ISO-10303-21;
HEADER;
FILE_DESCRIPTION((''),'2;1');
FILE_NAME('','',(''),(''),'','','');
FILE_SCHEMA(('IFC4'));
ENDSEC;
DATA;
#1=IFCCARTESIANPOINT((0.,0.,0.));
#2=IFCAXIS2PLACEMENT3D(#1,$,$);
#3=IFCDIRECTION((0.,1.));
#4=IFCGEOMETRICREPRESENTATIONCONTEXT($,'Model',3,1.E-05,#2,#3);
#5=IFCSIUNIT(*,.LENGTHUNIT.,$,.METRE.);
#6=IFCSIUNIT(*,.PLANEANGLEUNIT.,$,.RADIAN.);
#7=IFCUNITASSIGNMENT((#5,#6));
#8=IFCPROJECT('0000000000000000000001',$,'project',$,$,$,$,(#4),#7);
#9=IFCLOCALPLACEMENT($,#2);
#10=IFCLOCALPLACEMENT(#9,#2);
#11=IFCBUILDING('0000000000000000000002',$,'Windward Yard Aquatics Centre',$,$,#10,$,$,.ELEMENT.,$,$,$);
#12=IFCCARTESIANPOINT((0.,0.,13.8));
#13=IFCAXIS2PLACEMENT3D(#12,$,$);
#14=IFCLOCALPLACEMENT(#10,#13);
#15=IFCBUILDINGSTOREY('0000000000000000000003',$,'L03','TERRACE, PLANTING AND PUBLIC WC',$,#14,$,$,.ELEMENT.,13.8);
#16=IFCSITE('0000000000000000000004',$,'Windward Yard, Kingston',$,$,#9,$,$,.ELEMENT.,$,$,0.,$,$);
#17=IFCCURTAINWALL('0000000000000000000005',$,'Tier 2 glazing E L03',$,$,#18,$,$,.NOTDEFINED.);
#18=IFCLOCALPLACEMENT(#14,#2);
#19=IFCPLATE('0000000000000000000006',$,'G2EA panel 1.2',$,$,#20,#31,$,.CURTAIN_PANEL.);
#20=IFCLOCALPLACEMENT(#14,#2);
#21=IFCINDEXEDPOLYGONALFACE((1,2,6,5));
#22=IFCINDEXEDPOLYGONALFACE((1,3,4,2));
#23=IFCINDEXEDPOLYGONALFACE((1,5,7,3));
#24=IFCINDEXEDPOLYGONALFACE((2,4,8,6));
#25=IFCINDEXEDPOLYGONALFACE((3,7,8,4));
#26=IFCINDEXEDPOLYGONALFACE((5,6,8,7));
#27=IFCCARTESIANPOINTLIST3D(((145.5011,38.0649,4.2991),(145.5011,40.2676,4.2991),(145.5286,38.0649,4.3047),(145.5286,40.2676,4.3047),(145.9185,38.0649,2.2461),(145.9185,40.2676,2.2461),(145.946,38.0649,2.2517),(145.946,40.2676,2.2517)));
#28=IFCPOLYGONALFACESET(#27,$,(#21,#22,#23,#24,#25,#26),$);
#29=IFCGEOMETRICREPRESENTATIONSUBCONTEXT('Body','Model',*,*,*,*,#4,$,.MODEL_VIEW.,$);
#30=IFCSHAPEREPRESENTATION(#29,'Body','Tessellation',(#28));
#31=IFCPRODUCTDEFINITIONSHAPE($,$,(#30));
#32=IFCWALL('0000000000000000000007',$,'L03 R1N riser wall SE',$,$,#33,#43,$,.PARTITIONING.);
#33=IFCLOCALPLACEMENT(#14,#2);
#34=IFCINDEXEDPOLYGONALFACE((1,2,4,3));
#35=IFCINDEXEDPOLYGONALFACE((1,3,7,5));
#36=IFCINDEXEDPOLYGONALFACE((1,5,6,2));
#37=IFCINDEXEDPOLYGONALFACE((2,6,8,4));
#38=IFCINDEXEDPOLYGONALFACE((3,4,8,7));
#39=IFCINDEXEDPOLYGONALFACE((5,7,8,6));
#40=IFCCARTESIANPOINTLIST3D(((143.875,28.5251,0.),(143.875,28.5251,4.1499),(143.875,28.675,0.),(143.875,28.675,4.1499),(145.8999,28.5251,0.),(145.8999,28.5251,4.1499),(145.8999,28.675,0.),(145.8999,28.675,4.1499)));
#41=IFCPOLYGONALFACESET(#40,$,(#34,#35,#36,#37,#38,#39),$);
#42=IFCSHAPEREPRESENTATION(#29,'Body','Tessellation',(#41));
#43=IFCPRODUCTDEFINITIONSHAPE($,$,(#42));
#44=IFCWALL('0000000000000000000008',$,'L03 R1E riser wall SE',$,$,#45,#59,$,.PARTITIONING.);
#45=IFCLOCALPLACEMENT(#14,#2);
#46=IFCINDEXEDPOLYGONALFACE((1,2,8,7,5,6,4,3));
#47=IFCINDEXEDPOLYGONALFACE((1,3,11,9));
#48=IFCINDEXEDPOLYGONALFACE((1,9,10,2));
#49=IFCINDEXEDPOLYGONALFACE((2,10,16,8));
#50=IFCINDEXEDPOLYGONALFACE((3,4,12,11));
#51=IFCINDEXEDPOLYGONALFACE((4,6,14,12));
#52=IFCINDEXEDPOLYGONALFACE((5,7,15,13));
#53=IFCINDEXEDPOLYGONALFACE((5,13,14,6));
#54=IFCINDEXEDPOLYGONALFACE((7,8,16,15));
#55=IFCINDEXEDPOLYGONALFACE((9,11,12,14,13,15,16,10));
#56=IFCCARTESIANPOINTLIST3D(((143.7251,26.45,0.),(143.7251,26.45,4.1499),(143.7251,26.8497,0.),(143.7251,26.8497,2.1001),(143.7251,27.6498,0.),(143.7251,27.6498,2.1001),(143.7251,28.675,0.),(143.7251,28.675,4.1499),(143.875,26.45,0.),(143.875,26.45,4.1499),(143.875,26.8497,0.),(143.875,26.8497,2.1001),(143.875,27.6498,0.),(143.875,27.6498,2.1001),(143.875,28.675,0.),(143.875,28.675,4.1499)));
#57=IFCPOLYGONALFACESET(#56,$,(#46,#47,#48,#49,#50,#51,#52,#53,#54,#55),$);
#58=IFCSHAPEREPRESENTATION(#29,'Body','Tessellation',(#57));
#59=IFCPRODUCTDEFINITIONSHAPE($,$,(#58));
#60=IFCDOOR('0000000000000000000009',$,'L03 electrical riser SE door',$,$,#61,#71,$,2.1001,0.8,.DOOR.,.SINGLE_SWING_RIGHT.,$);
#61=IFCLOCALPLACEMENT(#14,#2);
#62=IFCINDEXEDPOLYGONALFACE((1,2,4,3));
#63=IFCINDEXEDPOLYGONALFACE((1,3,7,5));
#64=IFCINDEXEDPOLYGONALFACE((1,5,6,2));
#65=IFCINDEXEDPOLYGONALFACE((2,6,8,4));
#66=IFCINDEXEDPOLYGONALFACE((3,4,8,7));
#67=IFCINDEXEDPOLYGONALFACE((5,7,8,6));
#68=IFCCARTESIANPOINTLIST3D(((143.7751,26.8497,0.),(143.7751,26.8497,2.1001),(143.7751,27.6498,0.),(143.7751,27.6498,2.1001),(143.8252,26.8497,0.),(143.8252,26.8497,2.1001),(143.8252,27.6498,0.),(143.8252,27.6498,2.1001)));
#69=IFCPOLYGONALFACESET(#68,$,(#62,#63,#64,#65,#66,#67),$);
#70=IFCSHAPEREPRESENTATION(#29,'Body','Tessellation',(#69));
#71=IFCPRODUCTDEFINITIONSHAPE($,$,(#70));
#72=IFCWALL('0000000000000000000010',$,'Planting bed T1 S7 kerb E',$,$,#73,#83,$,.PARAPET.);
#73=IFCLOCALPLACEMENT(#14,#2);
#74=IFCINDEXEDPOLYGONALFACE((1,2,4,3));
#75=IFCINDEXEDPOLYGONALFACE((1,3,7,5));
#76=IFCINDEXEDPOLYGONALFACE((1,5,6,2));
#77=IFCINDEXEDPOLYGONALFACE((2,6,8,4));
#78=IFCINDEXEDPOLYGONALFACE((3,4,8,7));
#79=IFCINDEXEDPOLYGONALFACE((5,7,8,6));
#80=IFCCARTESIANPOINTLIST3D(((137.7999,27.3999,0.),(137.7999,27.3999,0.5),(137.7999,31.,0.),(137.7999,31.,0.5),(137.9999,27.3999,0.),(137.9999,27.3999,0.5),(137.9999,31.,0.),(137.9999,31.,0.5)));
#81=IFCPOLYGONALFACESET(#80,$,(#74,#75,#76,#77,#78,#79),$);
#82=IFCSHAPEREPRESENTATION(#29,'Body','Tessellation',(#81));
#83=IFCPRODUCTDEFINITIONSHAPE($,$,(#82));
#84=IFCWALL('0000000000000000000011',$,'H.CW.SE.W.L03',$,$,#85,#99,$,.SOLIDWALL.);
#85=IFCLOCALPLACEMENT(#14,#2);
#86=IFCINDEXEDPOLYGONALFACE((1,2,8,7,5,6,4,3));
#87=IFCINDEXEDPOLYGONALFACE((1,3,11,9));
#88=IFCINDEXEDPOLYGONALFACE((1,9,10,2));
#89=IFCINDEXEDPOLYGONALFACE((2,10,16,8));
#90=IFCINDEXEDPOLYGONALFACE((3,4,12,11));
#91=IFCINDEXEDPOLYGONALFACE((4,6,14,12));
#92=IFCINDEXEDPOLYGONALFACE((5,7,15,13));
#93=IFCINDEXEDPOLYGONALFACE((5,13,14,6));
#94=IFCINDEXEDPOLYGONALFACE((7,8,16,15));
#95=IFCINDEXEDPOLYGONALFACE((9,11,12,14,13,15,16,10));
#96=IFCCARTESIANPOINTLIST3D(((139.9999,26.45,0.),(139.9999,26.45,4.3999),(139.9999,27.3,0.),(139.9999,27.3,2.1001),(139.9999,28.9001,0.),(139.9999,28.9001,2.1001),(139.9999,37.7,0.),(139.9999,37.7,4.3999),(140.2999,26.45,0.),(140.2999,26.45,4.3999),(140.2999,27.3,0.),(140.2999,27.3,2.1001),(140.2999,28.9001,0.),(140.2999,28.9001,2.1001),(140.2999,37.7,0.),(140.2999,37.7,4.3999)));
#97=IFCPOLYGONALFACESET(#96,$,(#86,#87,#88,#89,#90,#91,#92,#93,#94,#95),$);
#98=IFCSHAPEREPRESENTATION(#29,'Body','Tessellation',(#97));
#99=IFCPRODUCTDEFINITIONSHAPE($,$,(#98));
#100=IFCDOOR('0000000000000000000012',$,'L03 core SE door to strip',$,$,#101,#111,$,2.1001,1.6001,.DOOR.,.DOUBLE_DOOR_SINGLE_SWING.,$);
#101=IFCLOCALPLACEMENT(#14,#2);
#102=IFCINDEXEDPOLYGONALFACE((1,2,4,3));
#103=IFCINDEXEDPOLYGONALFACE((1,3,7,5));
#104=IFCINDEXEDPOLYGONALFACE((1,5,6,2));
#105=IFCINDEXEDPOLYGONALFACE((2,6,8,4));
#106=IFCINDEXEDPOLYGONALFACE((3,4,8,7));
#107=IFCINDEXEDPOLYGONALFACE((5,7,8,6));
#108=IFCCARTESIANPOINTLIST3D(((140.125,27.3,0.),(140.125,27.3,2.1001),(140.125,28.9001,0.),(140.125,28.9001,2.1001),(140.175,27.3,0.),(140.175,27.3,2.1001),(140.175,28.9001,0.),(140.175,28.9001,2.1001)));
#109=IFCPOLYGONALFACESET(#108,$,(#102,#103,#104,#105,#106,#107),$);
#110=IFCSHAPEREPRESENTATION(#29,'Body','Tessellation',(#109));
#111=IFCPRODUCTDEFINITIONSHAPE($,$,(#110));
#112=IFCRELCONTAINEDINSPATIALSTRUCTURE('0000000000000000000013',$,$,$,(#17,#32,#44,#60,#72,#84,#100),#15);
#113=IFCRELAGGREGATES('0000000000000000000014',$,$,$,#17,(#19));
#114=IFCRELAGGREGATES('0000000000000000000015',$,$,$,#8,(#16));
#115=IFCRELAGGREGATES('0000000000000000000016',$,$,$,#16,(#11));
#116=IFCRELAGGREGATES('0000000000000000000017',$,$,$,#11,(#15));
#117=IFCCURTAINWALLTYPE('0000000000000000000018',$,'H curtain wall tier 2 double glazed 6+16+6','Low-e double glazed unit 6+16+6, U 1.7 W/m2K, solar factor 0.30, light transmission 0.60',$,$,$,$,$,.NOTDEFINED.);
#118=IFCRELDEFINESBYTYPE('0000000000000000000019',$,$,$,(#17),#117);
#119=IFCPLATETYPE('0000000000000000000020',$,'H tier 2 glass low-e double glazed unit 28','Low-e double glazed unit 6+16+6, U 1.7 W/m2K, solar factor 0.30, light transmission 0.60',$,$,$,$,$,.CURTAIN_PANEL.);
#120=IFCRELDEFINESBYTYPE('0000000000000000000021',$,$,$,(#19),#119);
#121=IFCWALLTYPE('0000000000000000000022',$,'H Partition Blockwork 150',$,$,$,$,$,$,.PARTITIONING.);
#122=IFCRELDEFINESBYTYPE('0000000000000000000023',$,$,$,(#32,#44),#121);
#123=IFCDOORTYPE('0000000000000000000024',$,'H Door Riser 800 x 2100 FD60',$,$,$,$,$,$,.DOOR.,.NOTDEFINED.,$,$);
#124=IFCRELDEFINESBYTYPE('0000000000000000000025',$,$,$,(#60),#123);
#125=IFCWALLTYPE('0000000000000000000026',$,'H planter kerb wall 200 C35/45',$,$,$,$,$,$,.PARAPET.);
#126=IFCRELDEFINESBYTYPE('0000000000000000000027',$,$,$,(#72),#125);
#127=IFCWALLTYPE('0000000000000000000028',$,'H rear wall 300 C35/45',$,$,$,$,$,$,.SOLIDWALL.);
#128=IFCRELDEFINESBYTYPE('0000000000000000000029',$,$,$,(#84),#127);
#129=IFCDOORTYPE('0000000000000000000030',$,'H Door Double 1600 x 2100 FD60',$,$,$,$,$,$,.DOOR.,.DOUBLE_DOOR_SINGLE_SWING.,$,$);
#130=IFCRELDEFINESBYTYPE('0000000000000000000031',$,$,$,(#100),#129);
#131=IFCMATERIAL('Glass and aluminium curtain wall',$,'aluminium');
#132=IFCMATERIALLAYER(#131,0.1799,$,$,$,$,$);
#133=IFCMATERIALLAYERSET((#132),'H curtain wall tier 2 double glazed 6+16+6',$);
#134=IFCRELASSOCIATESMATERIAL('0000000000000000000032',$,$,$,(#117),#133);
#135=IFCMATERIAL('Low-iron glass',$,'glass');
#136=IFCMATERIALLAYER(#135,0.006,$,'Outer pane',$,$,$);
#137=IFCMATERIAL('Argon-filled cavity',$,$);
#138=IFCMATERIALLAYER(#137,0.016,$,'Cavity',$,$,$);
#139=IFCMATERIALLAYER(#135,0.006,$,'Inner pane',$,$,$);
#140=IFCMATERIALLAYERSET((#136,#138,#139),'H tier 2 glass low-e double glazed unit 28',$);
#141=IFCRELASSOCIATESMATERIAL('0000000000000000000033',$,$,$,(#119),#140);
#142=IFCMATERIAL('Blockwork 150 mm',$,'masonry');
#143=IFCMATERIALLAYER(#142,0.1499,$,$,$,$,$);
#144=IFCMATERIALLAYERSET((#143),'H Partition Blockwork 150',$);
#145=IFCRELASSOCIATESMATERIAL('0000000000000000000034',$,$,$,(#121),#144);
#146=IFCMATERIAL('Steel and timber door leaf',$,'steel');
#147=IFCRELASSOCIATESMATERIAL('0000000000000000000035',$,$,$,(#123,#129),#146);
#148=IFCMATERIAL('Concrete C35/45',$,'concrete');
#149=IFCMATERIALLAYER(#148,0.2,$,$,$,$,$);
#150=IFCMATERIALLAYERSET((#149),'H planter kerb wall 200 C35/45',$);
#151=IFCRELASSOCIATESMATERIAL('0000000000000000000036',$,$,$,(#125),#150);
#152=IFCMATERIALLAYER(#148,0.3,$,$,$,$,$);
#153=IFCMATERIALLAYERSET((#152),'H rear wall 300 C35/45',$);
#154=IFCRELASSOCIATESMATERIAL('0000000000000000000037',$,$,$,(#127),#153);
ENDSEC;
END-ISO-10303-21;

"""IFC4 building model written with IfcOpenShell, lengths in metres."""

from ifc_helpers import new_model, si_unit, direction, frame, frame_2d, origin, place, context, subcontext, project, spatial, polyline, rectangle, outline, extrude, material, layer, layer_set, type_object, element, fill, aggregate, save


model = new_model("IFC4")

# Units and contexts
model_context = context("Model", 3, precision=1e-05, world=origin(), true_north=direction((0.0, 1.0)))
body_context = subcontext(model_context, "Body", "Model", "MODEL_VIEW")
ifc_project = project(units=[si_unit("LENGTHUNIT", "METRE"), si_unit("PLANEANGLEUNIT", "RADIAN")], contexts=[model_context])

# Site, building, storey
site_placement = place(None, origin())
site = spatial("IfcSite", under=ifc_project, at=site_placement, Name="Windward Yard, Kingston", CompositionType="ELEMENT", RefElevation=0.0)
building_placement = place(site_placement, origin())
building = spatial("IfcBuilding", under=site, at=building_placement, Name="Windward Yard Aquatics Centre", CompositionType="ELEMENT")
storey_placement = place(building_placement, frame((0.0, 0.0, 13.8)))
storey = spatial("IfcBuildingStorey", under=building, at=storey_placement, Name="L03", Description="TERRACE, PLANTING AND PUBLIC WC", CompositionType="ELEMENT", Elevation=13.8)

# Curtain wall
ifc_material_1 = material(Name="Glass and aluminium curtain wall", Category="aluminium")
ifc_layer_1 = layer(ifc_material_1, 0.1799)
ifc_layer_set_1 = layer_set([ifc_layer_1], Name="H curtain wall tier 2 double glazed 6+16+6")
curtain_wall_type = type_object("IfcCurtainWallType", Name="H curtain wall tier 2 double glazed 6+16+6", Description="Low-e double glazed unit 6+16+6, U 1.7 W/m2K, solar factor 0.30, light transmission 0.60", PredefinedType="NOTDEFINED", material=ifc_layer_set_1)
curtain_wall_1_placement = place(storey_placement, origin())
curtain_wall_1 = element("IfcCurtainWall", 1, at=curtain_wall_1_placement, inside=storey, type_object=curtain_wall_type, Name="Tier 2 glazing E L03", PredefinedType="NOTDEFINED")

# Plate
ifc_material_2 = material(Name="Low-iron glass", Category="glass")
ifc_layer_2 = layer(ifc_material_2, 0.006, Name="Outer pane")
ifc_material_3 = material(Name="Argon-filled cavity")
ifc_layer_3 = layer(ifc_material_3, 0.016, Name="Cavity")
ifc_layer_4 = layer(ifc_material_2, 0.006, Name="Inner pane")
ifc_layer_set_2 = layer_set([ifc_layer_2, ifc_layer_3, ifc_layer_4], Name="H tier 2 glass low-e double glazed unit 28")
plate_type = type_object("IfcPlateType", Name="H tier 2 glass low-e double glazed unit 28", Description="Low-e double glazed unit 6+16+6, U 1.7 W/m2K, solar factor 0.30, light transmission 0.60", PredefinedType="CURTAIN_PANEL", material=ifc_layer_set_2)
plate_1_placement = place(storey_placement, frame((145.5286, 38.0649, 4.3047), z_axis=(0.979944, 0.0, 0.199275), x_axis=(0.199275, 0.0, -0.979944)))
plate_1 = element("IfcPlate", 2, at=plate_1_placement, type_object=plate_type, Name="G2EA panel 1.2", PredefinedType="CURTAIN_PANEL", context=body_context, shape_type="SweptSolid", body=[
    extrude(outline(polyline([(0.0, 0.0), (2.095, 0.0), (2.095, 2.2026), (0.0, 2.2026), (0.0, 0.0)])), origin(), (0.0, 0.0, -1.0), 0.0281),
])
aggregate(curtain_wall_1, [plate_1])

# Wall
ifc_material_4 = material(Name="Blockwork 150 mm", Category="masonry")
ifc_layer_5 = layer(ifc_material_4, 0.1499)
ifc_layer_set_3 = layer_set([ifc_layer_5], Name="H Partition Blockwork 150")
wall_type_1 = type_object("IfcWallType", Name="H Partition Blockwork 150", PredefinedType="PARTITIONING", material=ifc_layer_set_3)
wall_1_placement = place(storey_placement, frame((145.8999, 28.6001, 0.0), z_axis=(0.0, 0.0, 1.0), x_axis=(-1.0, 0.0, 0.0)))
element("IfcWall", 3, at=wall_1_placement, inside=storey, type_object=wall_type_1, Name="L03 R1N riser wall SE", PredefinedType="PARTITIONING", context=body_context, shape_type="SweptSolid", body=[
    extrude(rectangle(XDim=2.0249, YDim=0.1499, at=frame_2d((1.0125, 0.0))), origin(), (0.0, 0.0, 1.0), 4.1499),
])

# Wall, opening, door
wall_2_placement = place(storey_placement, frame((143.8, 26.45, 0.0), z_axis=(0.0, 0.0, 1.0), x_axis=(0.0, 1.0, 0.0)))
wall_2 = element("IfcWall", 4, at=wall_2_placement, inside=storey, type_object=wall_type_1, Name="L03 R1E riser wall SE", PredefinedType="PARTITIONING", context=body_context, shape_type="SweptSolid", body=[
    extrude(rectangle(XDim=2.2251, YDim=0.1499, at=frame_2d((1.1125, 0.0))), origin(), (0.0, 0.0, 1.0), 4.1499),
])
opening_1_placement = place(wall_2_placement, frame((0.3999, 0.0, 0.0)))
opening_1 = element("IfcOpeningElement", 5, at=opening_1_placement, cuts=wall_2, PredefinedType="OPENING", context=body_context, shape_type="SweptSolid", body=[
    extrude(rectangle(XDim=0.8, YDim=2.1001, at=frame_2d((0.3999, 1.05))), frame((0.0, 0.085, 0.0), z_axis=(0.0, -1.0, 0.0), x_axis=(1.0, 0.0, 0.0)), (0.0, 0.0, 1.0), 0.1699),
])
ifc_material_5 = material(Name="Steel and timber door leaf", Category="steel")
door_type_1 = type_object("IfcDoorType", Name="H Door Riser 800 x 2100 FD60", OperationType="NOTDEFINED", PredefinedType="DOOR", material=ifc_material_5)
door_1_placement = place(opening_1_placement, origin())
door_1 = element("IfcDoor", 6, at=door_1_placement, inside=storey, type_object=door_type_1, Name="L03 electrical riser SE door", OperationType="SINGLE_SWING_RIGHT", OverallHeight=2.1001, OverallWidth=0.8, PredefinedType="DOOR", context=body_context, shape_type="SweptSolid", body=[
    extrude(rectangle(XDim=0.8, YDim=2.1001, at=frame_2d((0.3999, 1.05))), frame((0.0, 0.0249, 0.0), z_axis=(0.0, -1.0, 0.0), x_axis=(1.0, 0.0, 0.0)), (0.0, 0.0, 1.0), 0.05),
])
fill(opening_1, door_1)

# Wall
ifc_material_6 = material(Name="Concrete C35/45", Category="concrete")
ifc_layer_6 = layer(ifc_material_6, 0.2)
ifc_layer_set_4 = layer_set([ifc_layer_6], Name="H planter kerb wall 200 C35/45")
wall_type_2 = type_object("IfcWallType", Name="H planter kerb wall 200 C35/45", PredefinedType="PARAPET", material=ifc_layer_set_4)
wall_3_placement = place(storey_placement, frame((137.8999, 27.3999, 0.0), z_axis=(0.0, 0.0, 1.0), x_axis=(0.0, 1.0, 0.0)))
element("IfcWall", 7, at=wall_3_placement, inside=storey, type_object=wall_type_2, Name="Planting bed T1 S7 kerb E", PredefinedType="PARAPET", context=body_context, shape_type="SweptSolid", body=[
    extrude(rectangle(XDim=3.6001, YDim=0.2, at=frame_2d((1.8, 0.0))), origin(), (0.0, 0.0, 1.0), 0.5),
])

# Wall, opening, door
ifc_layer_7 = layer(ifc_material_6, 0.3)
ifc_layer_set_5 = layer_set([ifc_layer_7], Name="H rear wall 300 C35/45")
wall_type_3 = type_object("IfcWallType", Name="H rear wall 300 C35/45", PredefinedType="SOLIDWALL", material=ifc_layer_set_5)
wall_4_placement = place(storey_placement, frame((140.1499, 26.45, 0.0), z_axis=(0.0, 0.0, 1.0), x_axis=(0.0, 1.0, 0.0)))
wall_4 = element("IfcWall", 8, at=wall_4_placement, inside=storey, type_object=wall_type_3, Name="H.CW.SE.W.L03", PredefinedType="SOLIDWALL", context=body_context, shape_type="SweptSolid", body=[
    extrude(rectangle(XDim=11.25, YDim=0.3, at=frame_2d((5.625, 0.0))), origin(), (0.0, 0.0, 1.0), 4.3999),
])
opening_2_placement = place(wall_4_placement, frame((0.8501, 0.0, 0.0)))
opening_2 = element("IfcOpeningElement", 9, at=opening_2_placement, cuts=wall_4, PredefinedType="OPENING", context=body_context, shape_type="SweptSolid", body=[
    extrude(rectangle(XDim=1.6001, YDim=2.1001, at=frame_2d((0.8, 1.05))), frame((0.0, 0.1602, 0.0), z_axis=(0.0, -1.0, 0.0), x_axis=(1.0, 0.0, 0.0)), (0.0, 0.0, 1.0), 0.3201),
])
door_type_2 = type_object("IfcDoorType", Name="H Door Double 1600 x 2100 FD60", OperationType="DOUBLE_DOOR_SINGLE_SWING", PredefinedType="DOOR", material=ifc_material_5)
door_2_placement = place(opening_2_placement, origin())
door_2 = element("IfcDoor", 10, at=door_2_placement, inside=storey, type_object=door_type_2, Name="L03 core SE door to strip", OperationType="DOUBLE_DOOR_SINGLE_SWING", OverallHeight=2.1001, OverallWidth=1.6001, PredefinedType="DOOR", context=body_context, shape_type="SweptSolid", body=[
    extrude(rectangle(XDim=1.6001, YDim=2.1001, at=frame_2d((0.8, 1.05))), frame((0.0, 0.0249, 0.0), z_axis=(0.0, -1.0, 0.0), x_axis=(1.0, 0.0, 0.0)), (0.0, 0.0, 1.0), 0.05),
])
fill(opening_2, door_2)

save(model, "model.ifc")
